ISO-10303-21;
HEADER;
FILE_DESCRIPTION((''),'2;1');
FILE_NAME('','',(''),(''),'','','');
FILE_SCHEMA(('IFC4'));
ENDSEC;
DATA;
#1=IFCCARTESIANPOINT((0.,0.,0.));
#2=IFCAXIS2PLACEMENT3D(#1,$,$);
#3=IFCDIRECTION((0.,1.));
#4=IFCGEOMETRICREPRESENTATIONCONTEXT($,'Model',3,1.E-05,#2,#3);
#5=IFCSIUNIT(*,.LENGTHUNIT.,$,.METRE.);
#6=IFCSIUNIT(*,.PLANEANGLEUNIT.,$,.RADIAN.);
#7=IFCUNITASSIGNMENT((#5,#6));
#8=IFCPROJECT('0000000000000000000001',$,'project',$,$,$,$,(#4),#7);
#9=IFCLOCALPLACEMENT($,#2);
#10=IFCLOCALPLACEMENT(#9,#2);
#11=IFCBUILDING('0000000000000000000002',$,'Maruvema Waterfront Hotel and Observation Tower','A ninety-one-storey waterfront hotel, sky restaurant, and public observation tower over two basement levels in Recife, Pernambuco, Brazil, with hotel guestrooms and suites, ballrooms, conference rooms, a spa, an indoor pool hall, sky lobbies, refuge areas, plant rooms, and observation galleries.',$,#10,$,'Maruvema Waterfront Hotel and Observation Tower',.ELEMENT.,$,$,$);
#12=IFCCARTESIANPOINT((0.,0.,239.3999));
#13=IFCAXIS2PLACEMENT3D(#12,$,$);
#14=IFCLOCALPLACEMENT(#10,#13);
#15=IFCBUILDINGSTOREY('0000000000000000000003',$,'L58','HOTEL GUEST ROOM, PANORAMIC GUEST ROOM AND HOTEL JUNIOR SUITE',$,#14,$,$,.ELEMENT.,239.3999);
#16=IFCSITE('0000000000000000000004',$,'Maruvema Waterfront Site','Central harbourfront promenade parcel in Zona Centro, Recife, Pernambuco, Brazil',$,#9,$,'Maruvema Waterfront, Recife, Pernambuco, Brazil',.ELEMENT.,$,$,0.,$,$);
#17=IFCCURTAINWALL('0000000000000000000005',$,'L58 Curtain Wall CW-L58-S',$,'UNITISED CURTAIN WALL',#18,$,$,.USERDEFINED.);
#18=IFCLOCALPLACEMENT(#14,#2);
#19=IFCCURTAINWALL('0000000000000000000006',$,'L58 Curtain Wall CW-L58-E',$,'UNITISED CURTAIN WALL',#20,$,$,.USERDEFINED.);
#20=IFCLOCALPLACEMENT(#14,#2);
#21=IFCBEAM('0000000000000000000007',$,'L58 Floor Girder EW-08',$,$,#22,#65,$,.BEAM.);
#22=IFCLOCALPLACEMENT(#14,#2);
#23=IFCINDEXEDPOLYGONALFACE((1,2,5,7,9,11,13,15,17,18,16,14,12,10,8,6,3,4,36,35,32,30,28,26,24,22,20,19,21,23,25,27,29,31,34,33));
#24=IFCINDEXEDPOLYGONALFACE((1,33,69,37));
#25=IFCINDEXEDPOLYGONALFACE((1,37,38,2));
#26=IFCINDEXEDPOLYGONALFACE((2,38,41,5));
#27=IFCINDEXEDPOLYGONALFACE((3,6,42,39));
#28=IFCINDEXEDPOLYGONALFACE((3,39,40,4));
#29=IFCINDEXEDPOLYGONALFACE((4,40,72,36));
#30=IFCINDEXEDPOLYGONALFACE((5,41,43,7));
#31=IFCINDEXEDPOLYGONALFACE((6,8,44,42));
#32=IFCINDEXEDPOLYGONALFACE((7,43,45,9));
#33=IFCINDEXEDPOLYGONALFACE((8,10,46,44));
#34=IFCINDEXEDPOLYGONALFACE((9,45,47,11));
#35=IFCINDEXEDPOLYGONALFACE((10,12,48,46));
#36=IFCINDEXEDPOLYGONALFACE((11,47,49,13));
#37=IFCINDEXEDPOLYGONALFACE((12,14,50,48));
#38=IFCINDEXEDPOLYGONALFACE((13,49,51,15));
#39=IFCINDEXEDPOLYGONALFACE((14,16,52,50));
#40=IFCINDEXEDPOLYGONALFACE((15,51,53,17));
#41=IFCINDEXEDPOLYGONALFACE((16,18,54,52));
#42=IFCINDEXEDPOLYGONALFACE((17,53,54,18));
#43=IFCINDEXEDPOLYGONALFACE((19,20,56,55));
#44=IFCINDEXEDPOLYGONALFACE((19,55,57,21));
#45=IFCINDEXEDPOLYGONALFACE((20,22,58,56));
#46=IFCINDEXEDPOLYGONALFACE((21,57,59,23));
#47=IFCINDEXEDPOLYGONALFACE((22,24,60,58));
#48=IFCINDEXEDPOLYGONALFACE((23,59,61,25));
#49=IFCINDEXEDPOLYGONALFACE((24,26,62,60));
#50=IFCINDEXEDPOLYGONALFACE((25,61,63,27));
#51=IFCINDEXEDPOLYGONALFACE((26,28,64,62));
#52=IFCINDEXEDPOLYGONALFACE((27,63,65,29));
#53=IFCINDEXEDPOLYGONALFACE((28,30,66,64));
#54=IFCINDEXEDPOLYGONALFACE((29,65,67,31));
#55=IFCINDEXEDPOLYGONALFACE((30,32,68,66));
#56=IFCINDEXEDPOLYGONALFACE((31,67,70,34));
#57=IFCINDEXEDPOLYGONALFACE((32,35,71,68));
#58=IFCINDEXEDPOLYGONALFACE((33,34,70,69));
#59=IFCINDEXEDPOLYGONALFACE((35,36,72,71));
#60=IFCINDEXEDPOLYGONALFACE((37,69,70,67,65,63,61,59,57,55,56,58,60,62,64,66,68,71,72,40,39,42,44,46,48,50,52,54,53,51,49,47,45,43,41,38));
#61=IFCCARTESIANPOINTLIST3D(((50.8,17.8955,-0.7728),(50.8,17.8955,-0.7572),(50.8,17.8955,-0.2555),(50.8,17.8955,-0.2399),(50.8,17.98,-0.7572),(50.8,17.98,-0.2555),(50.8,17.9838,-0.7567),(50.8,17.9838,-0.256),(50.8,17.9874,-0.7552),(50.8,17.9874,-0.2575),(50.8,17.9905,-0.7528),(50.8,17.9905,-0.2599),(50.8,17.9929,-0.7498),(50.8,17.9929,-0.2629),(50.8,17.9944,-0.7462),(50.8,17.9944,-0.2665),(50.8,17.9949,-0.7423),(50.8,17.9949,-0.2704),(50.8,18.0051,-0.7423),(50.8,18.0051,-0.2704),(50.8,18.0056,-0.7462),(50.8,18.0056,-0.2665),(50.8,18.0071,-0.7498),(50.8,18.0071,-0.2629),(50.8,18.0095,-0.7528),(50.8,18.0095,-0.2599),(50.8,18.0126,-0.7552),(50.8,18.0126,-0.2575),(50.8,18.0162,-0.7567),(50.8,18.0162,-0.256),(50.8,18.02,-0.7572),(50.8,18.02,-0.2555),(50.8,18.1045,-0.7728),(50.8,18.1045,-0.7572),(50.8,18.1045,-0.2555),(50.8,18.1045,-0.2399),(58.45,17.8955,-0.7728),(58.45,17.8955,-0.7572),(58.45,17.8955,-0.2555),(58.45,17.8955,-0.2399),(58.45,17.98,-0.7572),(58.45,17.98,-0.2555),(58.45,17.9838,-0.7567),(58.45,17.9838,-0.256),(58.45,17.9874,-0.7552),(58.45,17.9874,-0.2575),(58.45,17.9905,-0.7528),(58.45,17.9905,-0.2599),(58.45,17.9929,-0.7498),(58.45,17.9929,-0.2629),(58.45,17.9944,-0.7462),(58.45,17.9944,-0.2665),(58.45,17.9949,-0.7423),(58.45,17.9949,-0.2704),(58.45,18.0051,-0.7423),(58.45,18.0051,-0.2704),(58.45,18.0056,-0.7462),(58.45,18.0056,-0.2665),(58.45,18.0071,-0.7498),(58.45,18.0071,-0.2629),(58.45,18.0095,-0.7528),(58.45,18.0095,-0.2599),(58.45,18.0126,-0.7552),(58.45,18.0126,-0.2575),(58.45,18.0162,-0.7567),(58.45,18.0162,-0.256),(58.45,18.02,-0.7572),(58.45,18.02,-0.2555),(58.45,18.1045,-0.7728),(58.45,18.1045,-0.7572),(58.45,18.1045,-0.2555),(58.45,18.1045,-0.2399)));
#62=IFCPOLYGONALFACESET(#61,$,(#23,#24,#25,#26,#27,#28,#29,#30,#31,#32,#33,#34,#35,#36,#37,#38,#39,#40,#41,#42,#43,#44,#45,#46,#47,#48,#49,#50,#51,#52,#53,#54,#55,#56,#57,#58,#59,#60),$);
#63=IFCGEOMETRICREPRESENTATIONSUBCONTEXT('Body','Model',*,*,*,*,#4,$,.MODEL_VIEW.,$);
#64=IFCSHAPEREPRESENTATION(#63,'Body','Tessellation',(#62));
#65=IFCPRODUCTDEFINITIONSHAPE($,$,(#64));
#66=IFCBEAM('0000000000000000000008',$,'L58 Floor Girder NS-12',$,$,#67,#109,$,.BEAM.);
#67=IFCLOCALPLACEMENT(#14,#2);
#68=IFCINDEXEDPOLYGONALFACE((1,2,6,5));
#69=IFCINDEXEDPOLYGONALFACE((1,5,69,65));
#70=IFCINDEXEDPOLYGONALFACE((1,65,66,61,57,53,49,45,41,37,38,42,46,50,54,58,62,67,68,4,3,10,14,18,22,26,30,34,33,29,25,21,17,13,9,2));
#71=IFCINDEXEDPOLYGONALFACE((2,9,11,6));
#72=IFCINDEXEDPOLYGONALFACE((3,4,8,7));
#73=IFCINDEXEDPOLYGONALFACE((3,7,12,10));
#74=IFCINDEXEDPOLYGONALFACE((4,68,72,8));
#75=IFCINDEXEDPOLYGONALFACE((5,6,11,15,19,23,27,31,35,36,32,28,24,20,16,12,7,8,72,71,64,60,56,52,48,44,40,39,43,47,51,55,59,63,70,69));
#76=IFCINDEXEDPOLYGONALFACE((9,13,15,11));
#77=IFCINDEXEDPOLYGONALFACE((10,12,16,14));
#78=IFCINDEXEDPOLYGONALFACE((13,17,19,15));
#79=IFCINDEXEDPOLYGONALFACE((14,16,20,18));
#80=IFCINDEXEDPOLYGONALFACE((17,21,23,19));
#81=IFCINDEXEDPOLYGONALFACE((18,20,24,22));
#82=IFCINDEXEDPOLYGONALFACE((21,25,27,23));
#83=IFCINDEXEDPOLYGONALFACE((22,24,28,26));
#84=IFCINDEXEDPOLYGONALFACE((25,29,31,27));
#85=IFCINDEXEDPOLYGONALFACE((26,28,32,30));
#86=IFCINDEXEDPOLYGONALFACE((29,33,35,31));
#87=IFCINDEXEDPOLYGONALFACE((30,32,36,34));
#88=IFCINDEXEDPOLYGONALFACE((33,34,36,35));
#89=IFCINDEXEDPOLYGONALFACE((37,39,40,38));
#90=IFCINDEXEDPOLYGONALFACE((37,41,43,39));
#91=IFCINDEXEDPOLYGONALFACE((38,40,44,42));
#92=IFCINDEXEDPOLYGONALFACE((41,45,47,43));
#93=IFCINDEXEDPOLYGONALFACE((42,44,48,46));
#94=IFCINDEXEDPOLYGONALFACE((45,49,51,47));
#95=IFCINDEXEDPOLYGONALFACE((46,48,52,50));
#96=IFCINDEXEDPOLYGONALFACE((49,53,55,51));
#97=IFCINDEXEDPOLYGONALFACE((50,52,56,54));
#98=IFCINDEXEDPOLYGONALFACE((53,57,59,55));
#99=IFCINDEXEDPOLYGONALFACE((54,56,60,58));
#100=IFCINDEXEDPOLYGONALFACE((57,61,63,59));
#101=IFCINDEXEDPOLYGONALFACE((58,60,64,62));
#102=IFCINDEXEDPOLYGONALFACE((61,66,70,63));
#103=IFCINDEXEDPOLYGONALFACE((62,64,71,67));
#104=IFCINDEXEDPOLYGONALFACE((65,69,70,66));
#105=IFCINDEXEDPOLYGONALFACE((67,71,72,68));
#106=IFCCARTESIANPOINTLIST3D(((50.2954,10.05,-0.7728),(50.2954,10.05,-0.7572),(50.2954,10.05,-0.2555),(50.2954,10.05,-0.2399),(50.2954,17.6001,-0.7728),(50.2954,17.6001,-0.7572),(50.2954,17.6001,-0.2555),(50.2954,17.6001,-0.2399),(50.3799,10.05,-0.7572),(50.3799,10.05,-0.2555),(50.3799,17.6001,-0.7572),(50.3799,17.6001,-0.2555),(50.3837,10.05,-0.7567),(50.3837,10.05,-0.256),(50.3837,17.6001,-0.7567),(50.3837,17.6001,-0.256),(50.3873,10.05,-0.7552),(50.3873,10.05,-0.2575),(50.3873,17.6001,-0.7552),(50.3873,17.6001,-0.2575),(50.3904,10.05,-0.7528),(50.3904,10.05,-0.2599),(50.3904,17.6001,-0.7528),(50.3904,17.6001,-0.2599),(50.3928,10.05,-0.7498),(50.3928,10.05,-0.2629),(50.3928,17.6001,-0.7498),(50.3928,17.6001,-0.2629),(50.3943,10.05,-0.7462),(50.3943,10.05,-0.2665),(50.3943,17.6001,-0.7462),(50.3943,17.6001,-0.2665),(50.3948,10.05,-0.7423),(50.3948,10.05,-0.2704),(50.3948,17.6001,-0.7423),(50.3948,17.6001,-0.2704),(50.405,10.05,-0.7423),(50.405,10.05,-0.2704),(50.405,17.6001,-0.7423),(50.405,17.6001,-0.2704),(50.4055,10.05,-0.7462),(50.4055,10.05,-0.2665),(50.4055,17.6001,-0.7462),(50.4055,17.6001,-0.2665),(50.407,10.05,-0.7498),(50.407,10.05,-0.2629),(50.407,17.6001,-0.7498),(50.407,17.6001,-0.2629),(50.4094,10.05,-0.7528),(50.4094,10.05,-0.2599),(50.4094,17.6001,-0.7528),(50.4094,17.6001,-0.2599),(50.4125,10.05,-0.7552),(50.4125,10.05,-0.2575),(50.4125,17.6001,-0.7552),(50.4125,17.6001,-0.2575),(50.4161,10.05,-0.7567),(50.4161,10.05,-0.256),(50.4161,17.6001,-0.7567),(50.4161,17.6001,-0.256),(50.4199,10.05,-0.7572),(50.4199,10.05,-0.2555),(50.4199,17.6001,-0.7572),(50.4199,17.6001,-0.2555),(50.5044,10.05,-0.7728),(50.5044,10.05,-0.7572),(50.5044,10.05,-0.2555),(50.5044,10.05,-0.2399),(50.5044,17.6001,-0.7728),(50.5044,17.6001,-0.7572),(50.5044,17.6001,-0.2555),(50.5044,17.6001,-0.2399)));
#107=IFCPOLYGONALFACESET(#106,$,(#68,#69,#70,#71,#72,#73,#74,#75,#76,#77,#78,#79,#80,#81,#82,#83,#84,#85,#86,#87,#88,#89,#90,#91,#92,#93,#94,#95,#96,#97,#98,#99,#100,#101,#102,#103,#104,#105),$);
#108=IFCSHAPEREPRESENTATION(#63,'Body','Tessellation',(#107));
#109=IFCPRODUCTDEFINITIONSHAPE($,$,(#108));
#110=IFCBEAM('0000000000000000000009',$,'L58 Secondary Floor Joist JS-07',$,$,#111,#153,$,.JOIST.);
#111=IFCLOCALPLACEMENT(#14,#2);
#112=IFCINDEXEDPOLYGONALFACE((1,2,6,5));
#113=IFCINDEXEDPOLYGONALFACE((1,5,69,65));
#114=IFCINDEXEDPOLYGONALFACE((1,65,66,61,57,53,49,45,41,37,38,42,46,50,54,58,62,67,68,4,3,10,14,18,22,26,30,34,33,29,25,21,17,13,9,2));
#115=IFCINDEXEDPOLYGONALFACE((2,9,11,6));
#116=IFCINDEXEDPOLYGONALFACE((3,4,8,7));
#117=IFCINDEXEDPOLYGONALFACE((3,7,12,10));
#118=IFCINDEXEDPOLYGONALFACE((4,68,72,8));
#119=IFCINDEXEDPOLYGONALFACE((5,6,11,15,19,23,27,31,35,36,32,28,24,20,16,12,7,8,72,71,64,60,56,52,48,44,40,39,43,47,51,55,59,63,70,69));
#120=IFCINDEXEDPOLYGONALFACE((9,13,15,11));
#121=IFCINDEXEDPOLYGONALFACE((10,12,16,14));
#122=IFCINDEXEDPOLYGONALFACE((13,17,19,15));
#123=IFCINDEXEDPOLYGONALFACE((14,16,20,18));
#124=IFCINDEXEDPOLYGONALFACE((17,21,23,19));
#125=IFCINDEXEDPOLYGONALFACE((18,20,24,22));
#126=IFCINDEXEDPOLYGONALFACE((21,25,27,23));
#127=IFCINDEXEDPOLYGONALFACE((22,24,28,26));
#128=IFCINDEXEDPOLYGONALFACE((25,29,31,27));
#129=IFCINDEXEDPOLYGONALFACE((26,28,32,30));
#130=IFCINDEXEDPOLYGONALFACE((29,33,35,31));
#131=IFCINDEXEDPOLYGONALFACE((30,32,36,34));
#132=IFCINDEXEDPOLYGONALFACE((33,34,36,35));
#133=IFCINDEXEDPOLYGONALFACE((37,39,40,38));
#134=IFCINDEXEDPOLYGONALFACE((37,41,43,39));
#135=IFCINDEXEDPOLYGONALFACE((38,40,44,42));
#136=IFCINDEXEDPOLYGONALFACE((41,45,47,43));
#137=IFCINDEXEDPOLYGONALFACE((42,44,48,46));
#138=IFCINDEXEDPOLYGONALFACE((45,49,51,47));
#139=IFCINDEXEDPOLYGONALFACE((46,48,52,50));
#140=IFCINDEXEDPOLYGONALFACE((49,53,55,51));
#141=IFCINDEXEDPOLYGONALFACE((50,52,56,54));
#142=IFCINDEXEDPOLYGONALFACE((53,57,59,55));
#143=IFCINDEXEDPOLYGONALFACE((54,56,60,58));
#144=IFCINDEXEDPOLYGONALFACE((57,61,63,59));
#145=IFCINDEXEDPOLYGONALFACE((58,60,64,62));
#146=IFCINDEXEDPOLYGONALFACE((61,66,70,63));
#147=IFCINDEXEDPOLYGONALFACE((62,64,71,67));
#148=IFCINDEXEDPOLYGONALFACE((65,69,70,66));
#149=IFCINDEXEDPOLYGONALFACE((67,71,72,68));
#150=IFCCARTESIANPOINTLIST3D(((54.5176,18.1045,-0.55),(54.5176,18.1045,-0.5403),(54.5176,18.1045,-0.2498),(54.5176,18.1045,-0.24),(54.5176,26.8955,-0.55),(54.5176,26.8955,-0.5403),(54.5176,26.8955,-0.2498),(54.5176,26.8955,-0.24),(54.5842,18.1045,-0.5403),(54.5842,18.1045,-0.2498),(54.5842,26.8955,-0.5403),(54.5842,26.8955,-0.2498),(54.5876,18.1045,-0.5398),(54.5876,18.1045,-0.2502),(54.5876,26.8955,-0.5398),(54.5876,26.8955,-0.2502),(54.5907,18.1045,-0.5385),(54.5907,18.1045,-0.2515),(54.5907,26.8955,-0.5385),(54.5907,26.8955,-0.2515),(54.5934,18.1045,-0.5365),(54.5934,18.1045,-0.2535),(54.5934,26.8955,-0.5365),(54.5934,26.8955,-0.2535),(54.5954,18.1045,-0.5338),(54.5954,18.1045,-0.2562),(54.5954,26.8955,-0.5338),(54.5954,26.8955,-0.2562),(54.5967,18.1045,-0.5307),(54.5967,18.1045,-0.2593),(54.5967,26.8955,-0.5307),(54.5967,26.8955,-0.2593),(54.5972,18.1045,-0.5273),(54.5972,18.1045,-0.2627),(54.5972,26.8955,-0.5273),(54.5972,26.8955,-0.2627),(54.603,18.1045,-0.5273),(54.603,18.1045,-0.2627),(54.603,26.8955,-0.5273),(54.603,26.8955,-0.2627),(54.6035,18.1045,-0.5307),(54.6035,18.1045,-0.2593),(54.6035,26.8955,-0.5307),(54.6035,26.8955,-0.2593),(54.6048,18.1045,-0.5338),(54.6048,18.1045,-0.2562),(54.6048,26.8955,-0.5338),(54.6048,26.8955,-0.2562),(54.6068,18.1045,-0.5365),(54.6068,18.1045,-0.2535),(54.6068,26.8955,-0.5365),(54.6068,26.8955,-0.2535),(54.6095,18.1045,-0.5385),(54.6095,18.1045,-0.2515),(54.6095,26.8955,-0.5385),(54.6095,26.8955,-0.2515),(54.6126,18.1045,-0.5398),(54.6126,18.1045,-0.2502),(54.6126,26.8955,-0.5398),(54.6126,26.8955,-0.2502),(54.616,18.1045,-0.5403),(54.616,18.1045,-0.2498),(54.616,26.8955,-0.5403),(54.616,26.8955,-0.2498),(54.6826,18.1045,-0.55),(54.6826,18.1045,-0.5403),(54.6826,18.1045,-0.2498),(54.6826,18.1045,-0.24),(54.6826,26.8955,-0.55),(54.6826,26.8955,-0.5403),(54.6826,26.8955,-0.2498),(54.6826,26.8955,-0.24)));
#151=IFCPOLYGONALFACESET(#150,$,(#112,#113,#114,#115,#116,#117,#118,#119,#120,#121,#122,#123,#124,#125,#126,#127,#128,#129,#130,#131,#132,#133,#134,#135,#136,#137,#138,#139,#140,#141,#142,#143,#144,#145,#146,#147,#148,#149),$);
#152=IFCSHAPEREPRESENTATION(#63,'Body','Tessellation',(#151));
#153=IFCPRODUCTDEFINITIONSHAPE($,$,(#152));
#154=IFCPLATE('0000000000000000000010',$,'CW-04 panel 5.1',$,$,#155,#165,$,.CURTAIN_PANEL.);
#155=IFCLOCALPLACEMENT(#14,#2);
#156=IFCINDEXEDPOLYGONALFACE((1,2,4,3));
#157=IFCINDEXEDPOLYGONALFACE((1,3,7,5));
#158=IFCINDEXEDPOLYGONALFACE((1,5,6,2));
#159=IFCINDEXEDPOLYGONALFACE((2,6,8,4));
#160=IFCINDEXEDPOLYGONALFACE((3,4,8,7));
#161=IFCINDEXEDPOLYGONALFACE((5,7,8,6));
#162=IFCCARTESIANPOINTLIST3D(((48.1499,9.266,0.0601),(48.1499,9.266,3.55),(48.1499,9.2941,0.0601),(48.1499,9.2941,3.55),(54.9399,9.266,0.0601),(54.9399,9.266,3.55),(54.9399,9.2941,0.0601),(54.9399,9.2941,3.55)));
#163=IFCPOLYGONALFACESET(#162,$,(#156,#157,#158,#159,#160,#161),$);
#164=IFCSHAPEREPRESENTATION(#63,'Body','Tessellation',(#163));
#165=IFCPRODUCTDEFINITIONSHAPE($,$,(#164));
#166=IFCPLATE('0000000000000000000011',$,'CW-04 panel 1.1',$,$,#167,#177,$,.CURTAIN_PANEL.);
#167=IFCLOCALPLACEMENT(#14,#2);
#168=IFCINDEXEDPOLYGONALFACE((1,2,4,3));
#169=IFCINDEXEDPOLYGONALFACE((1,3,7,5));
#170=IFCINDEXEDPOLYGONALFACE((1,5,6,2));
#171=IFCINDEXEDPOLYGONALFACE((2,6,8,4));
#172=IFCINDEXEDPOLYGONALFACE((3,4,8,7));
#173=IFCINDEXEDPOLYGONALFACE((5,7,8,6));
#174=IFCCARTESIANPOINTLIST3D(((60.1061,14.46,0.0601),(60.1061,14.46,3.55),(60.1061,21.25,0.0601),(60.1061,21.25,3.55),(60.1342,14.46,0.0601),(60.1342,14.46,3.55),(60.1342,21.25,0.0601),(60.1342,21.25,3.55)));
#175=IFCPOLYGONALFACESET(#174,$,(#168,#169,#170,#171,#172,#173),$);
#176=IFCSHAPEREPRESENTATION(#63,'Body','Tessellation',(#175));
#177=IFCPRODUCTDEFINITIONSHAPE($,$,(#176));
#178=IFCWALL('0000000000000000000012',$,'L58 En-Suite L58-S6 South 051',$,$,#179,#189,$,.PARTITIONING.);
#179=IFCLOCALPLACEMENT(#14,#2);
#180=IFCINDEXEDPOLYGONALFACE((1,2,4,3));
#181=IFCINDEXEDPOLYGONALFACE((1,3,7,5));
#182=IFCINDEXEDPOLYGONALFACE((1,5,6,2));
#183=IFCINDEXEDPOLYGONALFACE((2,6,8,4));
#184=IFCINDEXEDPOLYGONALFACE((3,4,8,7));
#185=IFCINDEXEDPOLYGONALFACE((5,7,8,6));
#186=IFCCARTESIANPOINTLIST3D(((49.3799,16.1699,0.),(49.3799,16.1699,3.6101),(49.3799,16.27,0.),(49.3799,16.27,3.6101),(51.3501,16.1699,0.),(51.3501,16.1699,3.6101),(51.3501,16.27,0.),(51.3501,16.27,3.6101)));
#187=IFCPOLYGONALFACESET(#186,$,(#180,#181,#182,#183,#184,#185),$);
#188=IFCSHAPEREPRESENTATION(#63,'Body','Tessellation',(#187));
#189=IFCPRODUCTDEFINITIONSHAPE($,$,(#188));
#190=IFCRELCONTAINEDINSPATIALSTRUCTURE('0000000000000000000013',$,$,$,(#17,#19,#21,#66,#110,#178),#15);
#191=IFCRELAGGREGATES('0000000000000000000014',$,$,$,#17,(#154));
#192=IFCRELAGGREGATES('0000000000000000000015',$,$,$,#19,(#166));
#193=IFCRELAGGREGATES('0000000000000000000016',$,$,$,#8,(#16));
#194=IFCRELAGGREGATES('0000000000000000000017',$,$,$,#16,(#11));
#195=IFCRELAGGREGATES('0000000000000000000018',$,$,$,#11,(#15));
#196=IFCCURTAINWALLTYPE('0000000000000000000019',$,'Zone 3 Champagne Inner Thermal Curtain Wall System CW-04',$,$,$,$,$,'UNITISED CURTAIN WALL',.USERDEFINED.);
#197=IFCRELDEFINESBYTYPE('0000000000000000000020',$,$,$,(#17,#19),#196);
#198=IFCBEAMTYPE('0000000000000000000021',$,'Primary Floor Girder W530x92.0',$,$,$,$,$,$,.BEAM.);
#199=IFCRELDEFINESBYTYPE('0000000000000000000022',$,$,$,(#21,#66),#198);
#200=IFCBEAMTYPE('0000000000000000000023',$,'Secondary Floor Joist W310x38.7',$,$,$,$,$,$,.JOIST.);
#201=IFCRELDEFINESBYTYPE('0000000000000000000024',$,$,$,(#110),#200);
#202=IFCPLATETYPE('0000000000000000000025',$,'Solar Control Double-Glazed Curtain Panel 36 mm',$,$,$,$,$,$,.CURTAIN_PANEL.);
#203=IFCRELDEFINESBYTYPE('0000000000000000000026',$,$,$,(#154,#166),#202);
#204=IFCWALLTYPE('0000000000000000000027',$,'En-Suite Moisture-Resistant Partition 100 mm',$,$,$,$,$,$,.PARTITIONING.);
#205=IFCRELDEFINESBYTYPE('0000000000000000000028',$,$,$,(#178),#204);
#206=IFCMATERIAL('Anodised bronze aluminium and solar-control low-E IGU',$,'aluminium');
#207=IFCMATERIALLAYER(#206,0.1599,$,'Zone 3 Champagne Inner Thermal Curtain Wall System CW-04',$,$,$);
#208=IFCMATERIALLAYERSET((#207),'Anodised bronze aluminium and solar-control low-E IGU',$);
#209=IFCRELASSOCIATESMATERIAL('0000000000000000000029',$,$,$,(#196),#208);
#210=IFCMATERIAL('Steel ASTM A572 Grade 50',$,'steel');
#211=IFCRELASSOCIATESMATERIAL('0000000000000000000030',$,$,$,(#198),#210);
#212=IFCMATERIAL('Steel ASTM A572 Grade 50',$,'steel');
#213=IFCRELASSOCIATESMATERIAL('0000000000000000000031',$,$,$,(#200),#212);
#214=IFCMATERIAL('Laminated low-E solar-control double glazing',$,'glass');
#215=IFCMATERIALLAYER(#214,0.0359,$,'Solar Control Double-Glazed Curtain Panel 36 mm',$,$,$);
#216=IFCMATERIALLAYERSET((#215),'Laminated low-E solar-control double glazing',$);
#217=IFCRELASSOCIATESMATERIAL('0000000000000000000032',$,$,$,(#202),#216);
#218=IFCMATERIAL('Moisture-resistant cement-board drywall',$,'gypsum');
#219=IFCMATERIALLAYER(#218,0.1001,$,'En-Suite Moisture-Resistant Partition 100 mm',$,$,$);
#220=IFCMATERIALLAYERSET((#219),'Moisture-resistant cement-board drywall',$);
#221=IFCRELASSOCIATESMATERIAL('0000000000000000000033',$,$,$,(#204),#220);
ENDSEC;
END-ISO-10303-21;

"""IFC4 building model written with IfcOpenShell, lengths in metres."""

from ifc_helpers import new_model, si_unit, direction, frame, frame_2d, origin, origin_2d, place, context, subcontext, project, spatial, rectangle, i_section, extrude, material, layer, layer_set, material_profile, profile_set, type_object, element, aggregate, save


model = new_model("IFC4")

# Units and contexts
model_context = context("Model", 3, precision=1e-05, world=origin(), true_north=direction((0.0, 1.0)))
body_context = subcontext(model_context, "Body", "Model", "MODEL_VIEW")
ifc_project = project(units=[si_unit("LENGTHUNIT", "METRE"), si_unit("PLANEANGLEUNIT", "RADIAN")], contexts=[model_context])

# Site, building, storey
site_placement = place(None, origin())
site = spatial("IfcSite", under=ifc_project, at=site_placement, Name="Maruvema Waterfront Site", Description="Central harbourfront promenade parcel in Zona Centro, Recife, Pernambuco, Brazil", LongName="Maruvema Waterfront, Recife, Pernambuco, Brazil", CompositionType="ELEMENT", RefElevation=0.0)
building_placement = place(site_placement, origin())
building = spatial("IfcBuilding", under=site, at=building_placement, Name="Maruvema Waterfront Hotel and Observation Tower", Description="A ninety-one-storey waterfront hotel, sky restaurant, and public observation tower over two basement levels in Recife, Pernambuco, Brazil, with hotel guestrooms and suites, ballrooms, conference rooms, a spa, an indoor pool hall, sky lobbies, refuge areas, plant rooms, and observation galleries.", LongName="Maruvema Waterfront Hotel and Observation Tower", CompositionType="ELEMENT")
storey_placement = place(building_placement, frame((0.0, 0.0, 239.3999)))
storey = spatial("IfcBuildingStorey", under=building, at=storey_placement, Name="L58", Description="HOTEL GUEST ROOM, PANORAMIC GUEST ROOM AND HOTEL JUNIOR SUITE", CompositionType="ELEMENT", Elevation=239.3999)

# Curtain walls
ifc_material_1 = material(Name="Anodised bronze aluminium and solar-control low-E IGU", Category="aluminium")
ifc_layer_1 = layer(ifc_material_1, 0.1599, Name="Zone 3 Champagne Inner Thermal Curtain Wall System CW-04")
ifc_layer_set_1 = layer_set([ifc_layer_1], Name="Anodised bronze aluminium and solar-control low-E IGU")
curtain_wall_type = type_object("IfcCurtainWallType", Name="Zone 3 Champagne Inner Thermal Curtain Wall System CW-04", ElementType="UNITISED CURTAIN WALL", PredefinedType="USERDEFINED", material=ifc_layer_set_1)
curtain_wall_1_placement = place(storey_placement, origin())
curtain_wall_1 = element("IfcCurtainWall", 1, at=curtain_wall_1_placement, inside=storey, type_object=curtain_wall_type, Name="L58 Curtain Wall CW-L58-S", ObjectType="UNITISED CURTAIN WALL", PredefinedType="USERDEFINED")
curtain_wall_2_placement = place(storey_placement, origin())
curtain_wall_2 = element("IfcCurtainWall", 2, at=curtain_wall_2_placement, inside=storey, type_object=curtain_wall_type, Name="L58 Curtain Wall CW-L58-E", ObjectType="UNITISED CURTAIN WALL", PredefinedType="USERDEFINED")

# Beams
ifc_material_2 = material(Name="Steel ASTM A572 Grade 50", Category="steel")
ifc_material_profile_1 = material_profile(ifc_material_2, i_section(OverallWidth=0.209, OverallDepth=0.533, WebThickness=0.0103, FlangeThickness=0.0156, FilletRadius=0.0149, at=origin_2d()), Name="W530x92.0")
ifc_profile_set_1 = profile_set([ifc_material_profile_1], Name="Steel ASTM A572 Grade 50")
beam_type_1 = type_object("IfcBeamType", Name="Primary Floor Girder W530x92.0", PredefinedType="BEAM", material=ifc_profile_set_1)
beam_1_placement = place(storey_placement, frame((50.8, 18.0, -0.5063), z_axis=(1.0, 0.0, 0.0), x_axis=(0.0, 1.0, 0.0)))
element("IfcBeam", 3, at=beam_1_placement, inside=storey, type_object=beam_type_1, Name="L58 Floor Girder EW-08", PredefinedType="BEAM", context=body_context, shape_type="SweptSolid", body=[
    extrude(i_section(OverallWidth=0.209, OverallDepth=0.533, WebThickness=0.0103, FlangeThickness=0.0156, FilletRadius=0.0149, at=origin_2d()), origin(), (0.0, 0.0, 1.0), 7.6499),
])
beam_2_placement = place(storey_placement, frame((50.3999, 10.05, -0.5063), z_axis=(0.0, 1.0, 0.0), x_axis=(-1.0, 0.0, 0.0)))
element("IfcBeam", 4, at=beam_2_placement, inside=storey, type_object=beam_type_1, Name="L58 Floor Girder NS-12", PredefinedType="BEAM", context=body_context, shape_type="SweptSolid", body=[
    extrude(i_section(OverallWidth=0.209, OverallDepth=0.533, WebThickness=0.0103, FlangeThickness=0.0156, FilletRadius=0.0149, at=origin_2d()), origin(), (0.0, 0.0, 1.0), 7.55),
])
ifc_material_3 = material(Name="Steel ASTM A572 Grade 50", Category="steel")
ifc_material_profile_2 = material_profile(ifc_material_3, i_section(OverallWidth=0.165, OverallDepth=0.3101, WebThickness=0.0059, FlangeThickness=0.0098, FilletRadius=0.0129, at=origin_2d()), Name="W310x38.7")
ifc_profile_set_2 = profile_set([ifc_material_profile_2], Name="Steel ASTM A572 Grade 50")
beam_type_2 = type_object("IfcBeamType", Name="Secondary Floor Joist W310x38.7", PredefinedType="JOIST", material=ifc_profile_set_2)
beam_3_placement = place(storey_placement, frame((54.6001, 18.1045, -0.395), z_axis=(0.0, 1.0, 0.0), x_axis=(-1.0, 0.0, 0.0)))
element("IfcBeam", 5, at=beam_3_placement, inside=storey, type_object=beam_type_2, Name="L58 Secondary Floor Joist JS-07", PredefinedType="JOIST", context=body_context, shape_type="SweptSolid", body=[
    extrude(i_section(OverallWidth=0.165, OverallDepth=0.3101, WebThickness=0.0059, FlangeThickness=0.0098, FilletRadius=0.0129, at=origin_2d()), origin(), (0.0, 0.0, 1.0), 8.791),
])

# Plates
ifc_material_4 = material(Name="Laminated low-E solar-control double glazing", Category="glass")
ifc_layer_2 = layer(ifc_material_4, 0.0359, Name="Solar Control Double-Glazed Curtain Panel 36 mm")
ifc_layer_set_2 = layer_set([ifc_layer_2], Name="Laminated low-E solar-control double glazing")
plate_type = type_object("IfcPlateType", Name="Solar Control Double-Glazed Curtain Panel 36 mm", PredefinedType="CURTAIN_PANEL", material=ifc_layer_set_2)
plate_1_placement = place(storey_placement, frame((51.5449, 9.28, 0.0601), z_axis=(0.0, 0.0, 1.0), x_axis=(1.0, 0.0, 0.0)))
plate_1 = element("IfcPlate", 6, at=plate_1_placement, type_object=plate_type, Name="CW-04 panel 5.1", PredefinedType="CURTAIN_PANEL", context=body_context, shape_type="SweptSolid", body=[
    extrude(rectangle(XDim=6.79, YDim=0.0281, at=origin_2d()), origin(), (0.0, 0.0, 1.0), 3.49),
])
aggregate(curtain_wall_1, [plate_1])
plate_2_placement = place(storey_placement, frame((60.1201, 17.855, 0.0601), z_axis=(0.0, 0.0, 1.0), x_axis=(0.0, 1.0, 0.0)))
plate_2 = element("IfcPlate", 7, at=plate_2_placement, type_object=plate_type, Name="CW-04 panel 1.1", PredefinedType="CURTAIN_PANEL", context=body_context, shape_type="SweptSolid", body=[
    extrude(rectangle(XDim=6.79, YDim=0.0281, at=origin_2d()), origin(), (0.0, 0.0, 1.0), 3.49),
])
aggregate(curtain_wall_2, [plate_2])

# Wall
ifc_material_5 = material(Name="Moisture-resistant cement-board drywall", Category="gypsum")
ifc_layer_3 = layer(ifc_material_5, 0.1001, Name="En-Suite Moisture-Resistant Partition 100 mm")
ifc_layer_set_3 = layer_set([ifc_layer_3], Name="Moisture-resistant cement-board drywall")
wall_type_1 = type_object("IfcWallType", Name="En-Suite Moisture-Resistant Partition 100 mm", PredefinedType="PARTITIONING", material=ifc_layer_set_3)
wall_1_placement = place(storey_placement, frame((49.3799, 16.22, 0.0), z_axis=(0.0, 0.0, 1.0), x_axis=(1.0, 0.0, 0.0)))
element("IfcWall", 8, at=wall_1_placement, inside=storey, type_object=wall_type_1, Name="L58 En-Suite L58-S6 South 051", PredefinedType="PARTITIONING", context=body_context, shape_type="SweptSolid", body=[
    extrude(rectangle(XDim=1.9702, YDim=0.1001, at=frame_2d((0.9851, 0.0))), origin(), (0.0, 0.0, 1.0), 3.6101),
])

save(model, "model.ifc")
